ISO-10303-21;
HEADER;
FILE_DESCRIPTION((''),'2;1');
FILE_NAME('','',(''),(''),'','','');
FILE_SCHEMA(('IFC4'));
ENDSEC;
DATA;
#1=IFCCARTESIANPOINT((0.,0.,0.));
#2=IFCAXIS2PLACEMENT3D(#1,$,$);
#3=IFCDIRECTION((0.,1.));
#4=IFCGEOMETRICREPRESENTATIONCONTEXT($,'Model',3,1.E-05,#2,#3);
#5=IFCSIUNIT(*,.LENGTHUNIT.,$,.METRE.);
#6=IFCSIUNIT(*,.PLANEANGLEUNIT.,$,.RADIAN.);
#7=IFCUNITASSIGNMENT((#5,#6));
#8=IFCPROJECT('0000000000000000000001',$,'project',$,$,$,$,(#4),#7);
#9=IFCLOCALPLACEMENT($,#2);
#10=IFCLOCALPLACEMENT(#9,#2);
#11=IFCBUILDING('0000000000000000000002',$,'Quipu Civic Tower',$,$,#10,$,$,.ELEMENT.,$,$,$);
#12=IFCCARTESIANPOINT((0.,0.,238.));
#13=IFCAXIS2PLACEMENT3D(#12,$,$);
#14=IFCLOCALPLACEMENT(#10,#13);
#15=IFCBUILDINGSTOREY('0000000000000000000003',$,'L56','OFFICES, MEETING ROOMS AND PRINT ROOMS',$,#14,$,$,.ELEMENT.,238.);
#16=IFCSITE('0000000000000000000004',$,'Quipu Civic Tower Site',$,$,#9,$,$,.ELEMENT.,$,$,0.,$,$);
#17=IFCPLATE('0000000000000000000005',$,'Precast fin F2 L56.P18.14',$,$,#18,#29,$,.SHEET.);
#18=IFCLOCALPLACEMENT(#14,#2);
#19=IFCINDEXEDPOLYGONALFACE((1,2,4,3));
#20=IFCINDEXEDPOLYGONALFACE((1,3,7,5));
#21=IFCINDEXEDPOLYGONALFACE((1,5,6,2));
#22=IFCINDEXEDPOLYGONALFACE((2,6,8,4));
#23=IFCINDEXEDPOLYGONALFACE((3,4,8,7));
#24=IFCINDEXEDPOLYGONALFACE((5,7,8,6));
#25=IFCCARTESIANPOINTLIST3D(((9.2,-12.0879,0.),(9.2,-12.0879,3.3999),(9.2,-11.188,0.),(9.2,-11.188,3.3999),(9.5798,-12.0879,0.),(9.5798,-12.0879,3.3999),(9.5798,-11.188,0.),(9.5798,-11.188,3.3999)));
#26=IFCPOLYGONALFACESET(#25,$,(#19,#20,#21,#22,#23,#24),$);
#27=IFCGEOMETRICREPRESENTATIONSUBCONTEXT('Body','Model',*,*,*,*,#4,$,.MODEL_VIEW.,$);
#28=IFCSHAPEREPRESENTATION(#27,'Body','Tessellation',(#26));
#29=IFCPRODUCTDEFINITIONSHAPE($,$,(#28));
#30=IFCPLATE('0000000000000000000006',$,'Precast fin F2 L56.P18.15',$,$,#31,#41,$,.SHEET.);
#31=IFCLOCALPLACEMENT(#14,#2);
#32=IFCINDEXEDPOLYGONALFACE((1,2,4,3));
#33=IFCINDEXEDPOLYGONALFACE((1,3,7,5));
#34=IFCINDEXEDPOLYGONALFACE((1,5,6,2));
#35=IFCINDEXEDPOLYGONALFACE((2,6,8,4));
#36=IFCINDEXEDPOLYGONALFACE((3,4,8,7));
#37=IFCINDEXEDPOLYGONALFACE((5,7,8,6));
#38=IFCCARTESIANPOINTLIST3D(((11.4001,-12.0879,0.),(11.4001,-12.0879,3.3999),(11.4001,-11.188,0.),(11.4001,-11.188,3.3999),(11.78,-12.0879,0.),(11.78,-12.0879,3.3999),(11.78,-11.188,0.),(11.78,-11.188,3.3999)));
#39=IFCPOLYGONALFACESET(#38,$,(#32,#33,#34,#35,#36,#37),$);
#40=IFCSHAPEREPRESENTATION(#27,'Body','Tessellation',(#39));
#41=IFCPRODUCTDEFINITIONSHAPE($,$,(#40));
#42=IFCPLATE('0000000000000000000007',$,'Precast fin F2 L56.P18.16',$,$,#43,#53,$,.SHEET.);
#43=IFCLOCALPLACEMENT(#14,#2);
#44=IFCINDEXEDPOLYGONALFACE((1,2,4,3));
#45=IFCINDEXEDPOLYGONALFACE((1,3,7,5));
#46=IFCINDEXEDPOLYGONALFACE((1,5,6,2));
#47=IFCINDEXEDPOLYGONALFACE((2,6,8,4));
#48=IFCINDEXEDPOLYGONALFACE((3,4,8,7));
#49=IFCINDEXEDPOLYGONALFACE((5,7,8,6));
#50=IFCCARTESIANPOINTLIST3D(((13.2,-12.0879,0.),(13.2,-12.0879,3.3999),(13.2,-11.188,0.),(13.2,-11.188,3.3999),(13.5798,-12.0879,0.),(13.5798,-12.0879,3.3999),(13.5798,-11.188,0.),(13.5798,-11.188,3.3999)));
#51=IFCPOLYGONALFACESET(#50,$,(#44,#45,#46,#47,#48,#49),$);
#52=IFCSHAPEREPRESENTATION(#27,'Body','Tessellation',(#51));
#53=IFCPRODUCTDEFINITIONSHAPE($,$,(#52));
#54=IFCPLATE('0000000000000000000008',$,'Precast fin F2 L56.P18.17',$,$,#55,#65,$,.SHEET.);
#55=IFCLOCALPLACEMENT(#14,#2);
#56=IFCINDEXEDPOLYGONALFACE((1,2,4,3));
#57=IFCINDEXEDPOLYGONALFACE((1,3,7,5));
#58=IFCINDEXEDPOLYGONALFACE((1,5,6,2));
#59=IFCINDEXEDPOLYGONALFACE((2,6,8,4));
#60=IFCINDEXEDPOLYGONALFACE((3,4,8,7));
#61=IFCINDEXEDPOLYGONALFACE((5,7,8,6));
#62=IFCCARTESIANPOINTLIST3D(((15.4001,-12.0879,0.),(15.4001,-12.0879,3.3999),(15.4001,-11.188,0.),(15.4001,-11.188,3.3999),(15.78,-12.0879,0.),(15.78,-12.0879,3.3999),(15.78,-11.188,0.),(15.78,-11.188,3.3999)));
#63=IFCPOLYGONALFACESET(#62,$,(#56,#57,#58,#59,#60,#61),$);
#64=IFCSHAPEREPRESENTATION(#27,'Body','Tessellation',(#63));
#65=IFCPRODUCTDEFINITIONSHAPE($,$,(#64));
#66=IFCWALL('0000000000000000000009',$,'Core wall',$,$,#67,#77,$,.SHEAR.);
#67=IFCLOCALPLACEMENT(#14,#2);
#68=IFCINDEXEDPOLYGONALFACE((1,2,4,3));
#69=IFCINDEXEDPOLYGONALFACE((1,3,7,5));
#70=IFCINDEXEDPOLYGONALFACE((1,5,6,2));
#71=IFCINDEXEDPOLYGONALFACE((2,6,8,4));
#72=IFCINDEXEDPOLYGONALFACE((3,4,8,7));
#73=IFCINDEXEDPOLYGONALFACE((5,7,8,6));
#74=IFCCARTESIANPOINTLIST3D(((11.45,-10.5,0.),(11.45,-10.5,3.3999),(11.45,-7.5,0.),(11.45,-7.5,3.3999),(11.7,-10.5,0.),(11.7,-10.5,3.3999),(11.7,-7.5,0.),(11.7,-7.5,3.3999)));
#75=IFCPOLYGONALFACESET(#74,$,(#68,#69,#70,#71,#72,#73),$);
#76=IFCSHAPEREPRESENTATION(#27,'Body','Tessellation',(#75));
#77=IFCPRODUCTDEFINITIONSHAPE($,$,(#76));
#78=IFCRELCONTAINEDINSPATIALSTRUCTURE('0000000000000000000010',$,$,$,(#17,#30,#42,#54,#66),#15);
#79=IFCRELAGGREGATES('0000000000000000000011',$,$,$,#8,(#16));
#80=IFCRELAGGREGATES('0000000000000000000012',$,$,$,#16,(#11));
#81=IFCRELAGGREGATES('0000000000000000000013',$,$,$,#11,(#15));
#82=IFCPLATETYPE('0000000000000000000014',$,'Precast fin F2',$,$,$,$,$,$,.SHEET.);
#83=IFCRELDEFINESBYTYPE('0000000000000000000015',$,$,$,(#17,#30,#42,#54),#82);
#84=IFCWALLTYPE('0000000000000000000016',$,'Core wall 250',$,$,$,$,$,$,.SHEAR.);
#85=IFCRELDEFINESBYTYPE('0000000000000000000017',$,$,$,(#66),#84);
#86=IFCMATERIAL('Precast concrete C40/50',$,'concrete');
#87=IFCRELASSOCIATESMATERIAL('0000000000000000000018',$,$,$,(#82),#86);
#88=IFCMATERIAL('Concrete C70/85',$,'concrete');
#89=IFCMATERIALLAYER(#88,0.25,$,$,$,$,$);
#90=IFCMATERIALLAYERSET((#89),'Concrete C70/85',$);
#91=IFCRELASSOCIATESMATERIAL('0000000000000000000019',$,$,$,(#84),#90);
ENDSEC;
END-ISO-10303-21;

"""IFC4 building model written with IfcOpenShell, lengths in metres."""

from ifc_helpers import new_model, si_unit, direction, frame, frame_2d, origin, origin_2d, place, context, subcontext, project, spatial, rectangle, extrude, material, layer, layer_set, type_object, element, save


model = new_model("IFC4")

# Units and contexts
model_context = context("Model", 3, precision=1e-05, world=origin(), true_north=direction((0.0, 1.0)))
body_context = subcontext(model_context, "Body", "Model", "MODEL_VIEW")
ifc_project = project(units=[si_unit("LENGTHUNIT", "METRE"), si_unit("PLANEANGLEUNIT", "RADIAN")], contexts=[model_context])

# Site, building, storey
site_placement = place(None, origin())
site = spatial("IfcSite", under=ifc_project, at=site_placement, Name="Quipu Civic Tower Site", CompositionType="ELEMENT", RefElevation=0.0)
building_placement = place(site_placement, origin())
building = spatial("IfcBuilding", under=site, at=building_placement, Name="Quipu Civic Tower", CompositionType="ELEMENT")
storey_placement = place(building_placement, frame((0.0, 0.0, 238.0)))
storey = spatial("IfcBuildingStorey", under=building, at=storey_placement, Name="L56", Description="OFFICES, MEETING ROOMS AND PRINT ROOMS", CompositionType="ELEMENT", Elevation=238.0)

# Plates
ifc_material_1 = material(Name="Precast concrete C40/50", Category="concrete")
plate_type = type_object("IfcPlateType", Name="Precast fin F2", PredefinedType="SHEET", material=ifc_material_1)
for number, where, z_axis, x_axis, name in (
    (1, (9.3899, -11.6379, 0.0), (0.0, 0.0, 1.0), (1.0, 0.0, 0.0), "Precast fin F2 L56.P18.14"),
    (2, (11.5901, -11.6379, 0.0), (0.0, 0.0, 1.0), (1.0, 0.0, 0.0), "Precast fin F2 L56.P18.15"),
    (3, (13.3899, -11.6379, 0.0), (0.0, 0.0, 1.0), (1.0, 0.0, 0.0), "Precast fin F2 L56.P18.16"),
    (4, (15.5901, -11.6379, 0.0), (0.0, 0.0, 1.0), (1.0, 0.0, 0.0), "Precast fin F2 L56.P18.17"),
):
    element("IfcPlate", number, at=place(storey_placement, frame(where, z_axis=z_axis, x_axis=x_axis)), inside=storey, type_object=plate_type, Name=name, PredefinedType="SHEET", context=body_context, shape_type="SweptSolid", body=[
        extrude(rectangle(XDim=0.3799, YDim=0.8999, at=origin_2d()), origin(), (0.0, 0.0, 1.0), 3.3999),
    ])

# Wall
ifc_material_2 = material(Name="Concrete C70/85", Category="concrete")
ifc_layer_1 = layer(ifc_material_2, 0.25)
ifc_layer_set_1 = layer_set([ifc_layer_1], Name="Concrete C70/85")
wall_type_1 = type_object("IfcWallType", Name="Core wall 250", PredefinedType="SHEAR", material=ifc_layer_set_1)
wall_1_placement = place(storey_placement, frame((11.575, -10.5, 0.0), z_axis=(0.0, 0.0, 1.0), x_axis=(0.0, 1.0, 0.0)))
element("IfcWall", 5, at=wall_1_placement, inside=storey, type_object=wall_type_1, Name="Core wall", PredefinedType="SHEAR", context=body_context, shape_type="SweptSolid", body=[
    extrude(rectangle(XDim=3.0, YDim=0.25, at=frame_2d((1.5, 0.0))), origin(), (0.0, 0.0, 1.0), 3.3999),
])

save(model, "model.ifc")
